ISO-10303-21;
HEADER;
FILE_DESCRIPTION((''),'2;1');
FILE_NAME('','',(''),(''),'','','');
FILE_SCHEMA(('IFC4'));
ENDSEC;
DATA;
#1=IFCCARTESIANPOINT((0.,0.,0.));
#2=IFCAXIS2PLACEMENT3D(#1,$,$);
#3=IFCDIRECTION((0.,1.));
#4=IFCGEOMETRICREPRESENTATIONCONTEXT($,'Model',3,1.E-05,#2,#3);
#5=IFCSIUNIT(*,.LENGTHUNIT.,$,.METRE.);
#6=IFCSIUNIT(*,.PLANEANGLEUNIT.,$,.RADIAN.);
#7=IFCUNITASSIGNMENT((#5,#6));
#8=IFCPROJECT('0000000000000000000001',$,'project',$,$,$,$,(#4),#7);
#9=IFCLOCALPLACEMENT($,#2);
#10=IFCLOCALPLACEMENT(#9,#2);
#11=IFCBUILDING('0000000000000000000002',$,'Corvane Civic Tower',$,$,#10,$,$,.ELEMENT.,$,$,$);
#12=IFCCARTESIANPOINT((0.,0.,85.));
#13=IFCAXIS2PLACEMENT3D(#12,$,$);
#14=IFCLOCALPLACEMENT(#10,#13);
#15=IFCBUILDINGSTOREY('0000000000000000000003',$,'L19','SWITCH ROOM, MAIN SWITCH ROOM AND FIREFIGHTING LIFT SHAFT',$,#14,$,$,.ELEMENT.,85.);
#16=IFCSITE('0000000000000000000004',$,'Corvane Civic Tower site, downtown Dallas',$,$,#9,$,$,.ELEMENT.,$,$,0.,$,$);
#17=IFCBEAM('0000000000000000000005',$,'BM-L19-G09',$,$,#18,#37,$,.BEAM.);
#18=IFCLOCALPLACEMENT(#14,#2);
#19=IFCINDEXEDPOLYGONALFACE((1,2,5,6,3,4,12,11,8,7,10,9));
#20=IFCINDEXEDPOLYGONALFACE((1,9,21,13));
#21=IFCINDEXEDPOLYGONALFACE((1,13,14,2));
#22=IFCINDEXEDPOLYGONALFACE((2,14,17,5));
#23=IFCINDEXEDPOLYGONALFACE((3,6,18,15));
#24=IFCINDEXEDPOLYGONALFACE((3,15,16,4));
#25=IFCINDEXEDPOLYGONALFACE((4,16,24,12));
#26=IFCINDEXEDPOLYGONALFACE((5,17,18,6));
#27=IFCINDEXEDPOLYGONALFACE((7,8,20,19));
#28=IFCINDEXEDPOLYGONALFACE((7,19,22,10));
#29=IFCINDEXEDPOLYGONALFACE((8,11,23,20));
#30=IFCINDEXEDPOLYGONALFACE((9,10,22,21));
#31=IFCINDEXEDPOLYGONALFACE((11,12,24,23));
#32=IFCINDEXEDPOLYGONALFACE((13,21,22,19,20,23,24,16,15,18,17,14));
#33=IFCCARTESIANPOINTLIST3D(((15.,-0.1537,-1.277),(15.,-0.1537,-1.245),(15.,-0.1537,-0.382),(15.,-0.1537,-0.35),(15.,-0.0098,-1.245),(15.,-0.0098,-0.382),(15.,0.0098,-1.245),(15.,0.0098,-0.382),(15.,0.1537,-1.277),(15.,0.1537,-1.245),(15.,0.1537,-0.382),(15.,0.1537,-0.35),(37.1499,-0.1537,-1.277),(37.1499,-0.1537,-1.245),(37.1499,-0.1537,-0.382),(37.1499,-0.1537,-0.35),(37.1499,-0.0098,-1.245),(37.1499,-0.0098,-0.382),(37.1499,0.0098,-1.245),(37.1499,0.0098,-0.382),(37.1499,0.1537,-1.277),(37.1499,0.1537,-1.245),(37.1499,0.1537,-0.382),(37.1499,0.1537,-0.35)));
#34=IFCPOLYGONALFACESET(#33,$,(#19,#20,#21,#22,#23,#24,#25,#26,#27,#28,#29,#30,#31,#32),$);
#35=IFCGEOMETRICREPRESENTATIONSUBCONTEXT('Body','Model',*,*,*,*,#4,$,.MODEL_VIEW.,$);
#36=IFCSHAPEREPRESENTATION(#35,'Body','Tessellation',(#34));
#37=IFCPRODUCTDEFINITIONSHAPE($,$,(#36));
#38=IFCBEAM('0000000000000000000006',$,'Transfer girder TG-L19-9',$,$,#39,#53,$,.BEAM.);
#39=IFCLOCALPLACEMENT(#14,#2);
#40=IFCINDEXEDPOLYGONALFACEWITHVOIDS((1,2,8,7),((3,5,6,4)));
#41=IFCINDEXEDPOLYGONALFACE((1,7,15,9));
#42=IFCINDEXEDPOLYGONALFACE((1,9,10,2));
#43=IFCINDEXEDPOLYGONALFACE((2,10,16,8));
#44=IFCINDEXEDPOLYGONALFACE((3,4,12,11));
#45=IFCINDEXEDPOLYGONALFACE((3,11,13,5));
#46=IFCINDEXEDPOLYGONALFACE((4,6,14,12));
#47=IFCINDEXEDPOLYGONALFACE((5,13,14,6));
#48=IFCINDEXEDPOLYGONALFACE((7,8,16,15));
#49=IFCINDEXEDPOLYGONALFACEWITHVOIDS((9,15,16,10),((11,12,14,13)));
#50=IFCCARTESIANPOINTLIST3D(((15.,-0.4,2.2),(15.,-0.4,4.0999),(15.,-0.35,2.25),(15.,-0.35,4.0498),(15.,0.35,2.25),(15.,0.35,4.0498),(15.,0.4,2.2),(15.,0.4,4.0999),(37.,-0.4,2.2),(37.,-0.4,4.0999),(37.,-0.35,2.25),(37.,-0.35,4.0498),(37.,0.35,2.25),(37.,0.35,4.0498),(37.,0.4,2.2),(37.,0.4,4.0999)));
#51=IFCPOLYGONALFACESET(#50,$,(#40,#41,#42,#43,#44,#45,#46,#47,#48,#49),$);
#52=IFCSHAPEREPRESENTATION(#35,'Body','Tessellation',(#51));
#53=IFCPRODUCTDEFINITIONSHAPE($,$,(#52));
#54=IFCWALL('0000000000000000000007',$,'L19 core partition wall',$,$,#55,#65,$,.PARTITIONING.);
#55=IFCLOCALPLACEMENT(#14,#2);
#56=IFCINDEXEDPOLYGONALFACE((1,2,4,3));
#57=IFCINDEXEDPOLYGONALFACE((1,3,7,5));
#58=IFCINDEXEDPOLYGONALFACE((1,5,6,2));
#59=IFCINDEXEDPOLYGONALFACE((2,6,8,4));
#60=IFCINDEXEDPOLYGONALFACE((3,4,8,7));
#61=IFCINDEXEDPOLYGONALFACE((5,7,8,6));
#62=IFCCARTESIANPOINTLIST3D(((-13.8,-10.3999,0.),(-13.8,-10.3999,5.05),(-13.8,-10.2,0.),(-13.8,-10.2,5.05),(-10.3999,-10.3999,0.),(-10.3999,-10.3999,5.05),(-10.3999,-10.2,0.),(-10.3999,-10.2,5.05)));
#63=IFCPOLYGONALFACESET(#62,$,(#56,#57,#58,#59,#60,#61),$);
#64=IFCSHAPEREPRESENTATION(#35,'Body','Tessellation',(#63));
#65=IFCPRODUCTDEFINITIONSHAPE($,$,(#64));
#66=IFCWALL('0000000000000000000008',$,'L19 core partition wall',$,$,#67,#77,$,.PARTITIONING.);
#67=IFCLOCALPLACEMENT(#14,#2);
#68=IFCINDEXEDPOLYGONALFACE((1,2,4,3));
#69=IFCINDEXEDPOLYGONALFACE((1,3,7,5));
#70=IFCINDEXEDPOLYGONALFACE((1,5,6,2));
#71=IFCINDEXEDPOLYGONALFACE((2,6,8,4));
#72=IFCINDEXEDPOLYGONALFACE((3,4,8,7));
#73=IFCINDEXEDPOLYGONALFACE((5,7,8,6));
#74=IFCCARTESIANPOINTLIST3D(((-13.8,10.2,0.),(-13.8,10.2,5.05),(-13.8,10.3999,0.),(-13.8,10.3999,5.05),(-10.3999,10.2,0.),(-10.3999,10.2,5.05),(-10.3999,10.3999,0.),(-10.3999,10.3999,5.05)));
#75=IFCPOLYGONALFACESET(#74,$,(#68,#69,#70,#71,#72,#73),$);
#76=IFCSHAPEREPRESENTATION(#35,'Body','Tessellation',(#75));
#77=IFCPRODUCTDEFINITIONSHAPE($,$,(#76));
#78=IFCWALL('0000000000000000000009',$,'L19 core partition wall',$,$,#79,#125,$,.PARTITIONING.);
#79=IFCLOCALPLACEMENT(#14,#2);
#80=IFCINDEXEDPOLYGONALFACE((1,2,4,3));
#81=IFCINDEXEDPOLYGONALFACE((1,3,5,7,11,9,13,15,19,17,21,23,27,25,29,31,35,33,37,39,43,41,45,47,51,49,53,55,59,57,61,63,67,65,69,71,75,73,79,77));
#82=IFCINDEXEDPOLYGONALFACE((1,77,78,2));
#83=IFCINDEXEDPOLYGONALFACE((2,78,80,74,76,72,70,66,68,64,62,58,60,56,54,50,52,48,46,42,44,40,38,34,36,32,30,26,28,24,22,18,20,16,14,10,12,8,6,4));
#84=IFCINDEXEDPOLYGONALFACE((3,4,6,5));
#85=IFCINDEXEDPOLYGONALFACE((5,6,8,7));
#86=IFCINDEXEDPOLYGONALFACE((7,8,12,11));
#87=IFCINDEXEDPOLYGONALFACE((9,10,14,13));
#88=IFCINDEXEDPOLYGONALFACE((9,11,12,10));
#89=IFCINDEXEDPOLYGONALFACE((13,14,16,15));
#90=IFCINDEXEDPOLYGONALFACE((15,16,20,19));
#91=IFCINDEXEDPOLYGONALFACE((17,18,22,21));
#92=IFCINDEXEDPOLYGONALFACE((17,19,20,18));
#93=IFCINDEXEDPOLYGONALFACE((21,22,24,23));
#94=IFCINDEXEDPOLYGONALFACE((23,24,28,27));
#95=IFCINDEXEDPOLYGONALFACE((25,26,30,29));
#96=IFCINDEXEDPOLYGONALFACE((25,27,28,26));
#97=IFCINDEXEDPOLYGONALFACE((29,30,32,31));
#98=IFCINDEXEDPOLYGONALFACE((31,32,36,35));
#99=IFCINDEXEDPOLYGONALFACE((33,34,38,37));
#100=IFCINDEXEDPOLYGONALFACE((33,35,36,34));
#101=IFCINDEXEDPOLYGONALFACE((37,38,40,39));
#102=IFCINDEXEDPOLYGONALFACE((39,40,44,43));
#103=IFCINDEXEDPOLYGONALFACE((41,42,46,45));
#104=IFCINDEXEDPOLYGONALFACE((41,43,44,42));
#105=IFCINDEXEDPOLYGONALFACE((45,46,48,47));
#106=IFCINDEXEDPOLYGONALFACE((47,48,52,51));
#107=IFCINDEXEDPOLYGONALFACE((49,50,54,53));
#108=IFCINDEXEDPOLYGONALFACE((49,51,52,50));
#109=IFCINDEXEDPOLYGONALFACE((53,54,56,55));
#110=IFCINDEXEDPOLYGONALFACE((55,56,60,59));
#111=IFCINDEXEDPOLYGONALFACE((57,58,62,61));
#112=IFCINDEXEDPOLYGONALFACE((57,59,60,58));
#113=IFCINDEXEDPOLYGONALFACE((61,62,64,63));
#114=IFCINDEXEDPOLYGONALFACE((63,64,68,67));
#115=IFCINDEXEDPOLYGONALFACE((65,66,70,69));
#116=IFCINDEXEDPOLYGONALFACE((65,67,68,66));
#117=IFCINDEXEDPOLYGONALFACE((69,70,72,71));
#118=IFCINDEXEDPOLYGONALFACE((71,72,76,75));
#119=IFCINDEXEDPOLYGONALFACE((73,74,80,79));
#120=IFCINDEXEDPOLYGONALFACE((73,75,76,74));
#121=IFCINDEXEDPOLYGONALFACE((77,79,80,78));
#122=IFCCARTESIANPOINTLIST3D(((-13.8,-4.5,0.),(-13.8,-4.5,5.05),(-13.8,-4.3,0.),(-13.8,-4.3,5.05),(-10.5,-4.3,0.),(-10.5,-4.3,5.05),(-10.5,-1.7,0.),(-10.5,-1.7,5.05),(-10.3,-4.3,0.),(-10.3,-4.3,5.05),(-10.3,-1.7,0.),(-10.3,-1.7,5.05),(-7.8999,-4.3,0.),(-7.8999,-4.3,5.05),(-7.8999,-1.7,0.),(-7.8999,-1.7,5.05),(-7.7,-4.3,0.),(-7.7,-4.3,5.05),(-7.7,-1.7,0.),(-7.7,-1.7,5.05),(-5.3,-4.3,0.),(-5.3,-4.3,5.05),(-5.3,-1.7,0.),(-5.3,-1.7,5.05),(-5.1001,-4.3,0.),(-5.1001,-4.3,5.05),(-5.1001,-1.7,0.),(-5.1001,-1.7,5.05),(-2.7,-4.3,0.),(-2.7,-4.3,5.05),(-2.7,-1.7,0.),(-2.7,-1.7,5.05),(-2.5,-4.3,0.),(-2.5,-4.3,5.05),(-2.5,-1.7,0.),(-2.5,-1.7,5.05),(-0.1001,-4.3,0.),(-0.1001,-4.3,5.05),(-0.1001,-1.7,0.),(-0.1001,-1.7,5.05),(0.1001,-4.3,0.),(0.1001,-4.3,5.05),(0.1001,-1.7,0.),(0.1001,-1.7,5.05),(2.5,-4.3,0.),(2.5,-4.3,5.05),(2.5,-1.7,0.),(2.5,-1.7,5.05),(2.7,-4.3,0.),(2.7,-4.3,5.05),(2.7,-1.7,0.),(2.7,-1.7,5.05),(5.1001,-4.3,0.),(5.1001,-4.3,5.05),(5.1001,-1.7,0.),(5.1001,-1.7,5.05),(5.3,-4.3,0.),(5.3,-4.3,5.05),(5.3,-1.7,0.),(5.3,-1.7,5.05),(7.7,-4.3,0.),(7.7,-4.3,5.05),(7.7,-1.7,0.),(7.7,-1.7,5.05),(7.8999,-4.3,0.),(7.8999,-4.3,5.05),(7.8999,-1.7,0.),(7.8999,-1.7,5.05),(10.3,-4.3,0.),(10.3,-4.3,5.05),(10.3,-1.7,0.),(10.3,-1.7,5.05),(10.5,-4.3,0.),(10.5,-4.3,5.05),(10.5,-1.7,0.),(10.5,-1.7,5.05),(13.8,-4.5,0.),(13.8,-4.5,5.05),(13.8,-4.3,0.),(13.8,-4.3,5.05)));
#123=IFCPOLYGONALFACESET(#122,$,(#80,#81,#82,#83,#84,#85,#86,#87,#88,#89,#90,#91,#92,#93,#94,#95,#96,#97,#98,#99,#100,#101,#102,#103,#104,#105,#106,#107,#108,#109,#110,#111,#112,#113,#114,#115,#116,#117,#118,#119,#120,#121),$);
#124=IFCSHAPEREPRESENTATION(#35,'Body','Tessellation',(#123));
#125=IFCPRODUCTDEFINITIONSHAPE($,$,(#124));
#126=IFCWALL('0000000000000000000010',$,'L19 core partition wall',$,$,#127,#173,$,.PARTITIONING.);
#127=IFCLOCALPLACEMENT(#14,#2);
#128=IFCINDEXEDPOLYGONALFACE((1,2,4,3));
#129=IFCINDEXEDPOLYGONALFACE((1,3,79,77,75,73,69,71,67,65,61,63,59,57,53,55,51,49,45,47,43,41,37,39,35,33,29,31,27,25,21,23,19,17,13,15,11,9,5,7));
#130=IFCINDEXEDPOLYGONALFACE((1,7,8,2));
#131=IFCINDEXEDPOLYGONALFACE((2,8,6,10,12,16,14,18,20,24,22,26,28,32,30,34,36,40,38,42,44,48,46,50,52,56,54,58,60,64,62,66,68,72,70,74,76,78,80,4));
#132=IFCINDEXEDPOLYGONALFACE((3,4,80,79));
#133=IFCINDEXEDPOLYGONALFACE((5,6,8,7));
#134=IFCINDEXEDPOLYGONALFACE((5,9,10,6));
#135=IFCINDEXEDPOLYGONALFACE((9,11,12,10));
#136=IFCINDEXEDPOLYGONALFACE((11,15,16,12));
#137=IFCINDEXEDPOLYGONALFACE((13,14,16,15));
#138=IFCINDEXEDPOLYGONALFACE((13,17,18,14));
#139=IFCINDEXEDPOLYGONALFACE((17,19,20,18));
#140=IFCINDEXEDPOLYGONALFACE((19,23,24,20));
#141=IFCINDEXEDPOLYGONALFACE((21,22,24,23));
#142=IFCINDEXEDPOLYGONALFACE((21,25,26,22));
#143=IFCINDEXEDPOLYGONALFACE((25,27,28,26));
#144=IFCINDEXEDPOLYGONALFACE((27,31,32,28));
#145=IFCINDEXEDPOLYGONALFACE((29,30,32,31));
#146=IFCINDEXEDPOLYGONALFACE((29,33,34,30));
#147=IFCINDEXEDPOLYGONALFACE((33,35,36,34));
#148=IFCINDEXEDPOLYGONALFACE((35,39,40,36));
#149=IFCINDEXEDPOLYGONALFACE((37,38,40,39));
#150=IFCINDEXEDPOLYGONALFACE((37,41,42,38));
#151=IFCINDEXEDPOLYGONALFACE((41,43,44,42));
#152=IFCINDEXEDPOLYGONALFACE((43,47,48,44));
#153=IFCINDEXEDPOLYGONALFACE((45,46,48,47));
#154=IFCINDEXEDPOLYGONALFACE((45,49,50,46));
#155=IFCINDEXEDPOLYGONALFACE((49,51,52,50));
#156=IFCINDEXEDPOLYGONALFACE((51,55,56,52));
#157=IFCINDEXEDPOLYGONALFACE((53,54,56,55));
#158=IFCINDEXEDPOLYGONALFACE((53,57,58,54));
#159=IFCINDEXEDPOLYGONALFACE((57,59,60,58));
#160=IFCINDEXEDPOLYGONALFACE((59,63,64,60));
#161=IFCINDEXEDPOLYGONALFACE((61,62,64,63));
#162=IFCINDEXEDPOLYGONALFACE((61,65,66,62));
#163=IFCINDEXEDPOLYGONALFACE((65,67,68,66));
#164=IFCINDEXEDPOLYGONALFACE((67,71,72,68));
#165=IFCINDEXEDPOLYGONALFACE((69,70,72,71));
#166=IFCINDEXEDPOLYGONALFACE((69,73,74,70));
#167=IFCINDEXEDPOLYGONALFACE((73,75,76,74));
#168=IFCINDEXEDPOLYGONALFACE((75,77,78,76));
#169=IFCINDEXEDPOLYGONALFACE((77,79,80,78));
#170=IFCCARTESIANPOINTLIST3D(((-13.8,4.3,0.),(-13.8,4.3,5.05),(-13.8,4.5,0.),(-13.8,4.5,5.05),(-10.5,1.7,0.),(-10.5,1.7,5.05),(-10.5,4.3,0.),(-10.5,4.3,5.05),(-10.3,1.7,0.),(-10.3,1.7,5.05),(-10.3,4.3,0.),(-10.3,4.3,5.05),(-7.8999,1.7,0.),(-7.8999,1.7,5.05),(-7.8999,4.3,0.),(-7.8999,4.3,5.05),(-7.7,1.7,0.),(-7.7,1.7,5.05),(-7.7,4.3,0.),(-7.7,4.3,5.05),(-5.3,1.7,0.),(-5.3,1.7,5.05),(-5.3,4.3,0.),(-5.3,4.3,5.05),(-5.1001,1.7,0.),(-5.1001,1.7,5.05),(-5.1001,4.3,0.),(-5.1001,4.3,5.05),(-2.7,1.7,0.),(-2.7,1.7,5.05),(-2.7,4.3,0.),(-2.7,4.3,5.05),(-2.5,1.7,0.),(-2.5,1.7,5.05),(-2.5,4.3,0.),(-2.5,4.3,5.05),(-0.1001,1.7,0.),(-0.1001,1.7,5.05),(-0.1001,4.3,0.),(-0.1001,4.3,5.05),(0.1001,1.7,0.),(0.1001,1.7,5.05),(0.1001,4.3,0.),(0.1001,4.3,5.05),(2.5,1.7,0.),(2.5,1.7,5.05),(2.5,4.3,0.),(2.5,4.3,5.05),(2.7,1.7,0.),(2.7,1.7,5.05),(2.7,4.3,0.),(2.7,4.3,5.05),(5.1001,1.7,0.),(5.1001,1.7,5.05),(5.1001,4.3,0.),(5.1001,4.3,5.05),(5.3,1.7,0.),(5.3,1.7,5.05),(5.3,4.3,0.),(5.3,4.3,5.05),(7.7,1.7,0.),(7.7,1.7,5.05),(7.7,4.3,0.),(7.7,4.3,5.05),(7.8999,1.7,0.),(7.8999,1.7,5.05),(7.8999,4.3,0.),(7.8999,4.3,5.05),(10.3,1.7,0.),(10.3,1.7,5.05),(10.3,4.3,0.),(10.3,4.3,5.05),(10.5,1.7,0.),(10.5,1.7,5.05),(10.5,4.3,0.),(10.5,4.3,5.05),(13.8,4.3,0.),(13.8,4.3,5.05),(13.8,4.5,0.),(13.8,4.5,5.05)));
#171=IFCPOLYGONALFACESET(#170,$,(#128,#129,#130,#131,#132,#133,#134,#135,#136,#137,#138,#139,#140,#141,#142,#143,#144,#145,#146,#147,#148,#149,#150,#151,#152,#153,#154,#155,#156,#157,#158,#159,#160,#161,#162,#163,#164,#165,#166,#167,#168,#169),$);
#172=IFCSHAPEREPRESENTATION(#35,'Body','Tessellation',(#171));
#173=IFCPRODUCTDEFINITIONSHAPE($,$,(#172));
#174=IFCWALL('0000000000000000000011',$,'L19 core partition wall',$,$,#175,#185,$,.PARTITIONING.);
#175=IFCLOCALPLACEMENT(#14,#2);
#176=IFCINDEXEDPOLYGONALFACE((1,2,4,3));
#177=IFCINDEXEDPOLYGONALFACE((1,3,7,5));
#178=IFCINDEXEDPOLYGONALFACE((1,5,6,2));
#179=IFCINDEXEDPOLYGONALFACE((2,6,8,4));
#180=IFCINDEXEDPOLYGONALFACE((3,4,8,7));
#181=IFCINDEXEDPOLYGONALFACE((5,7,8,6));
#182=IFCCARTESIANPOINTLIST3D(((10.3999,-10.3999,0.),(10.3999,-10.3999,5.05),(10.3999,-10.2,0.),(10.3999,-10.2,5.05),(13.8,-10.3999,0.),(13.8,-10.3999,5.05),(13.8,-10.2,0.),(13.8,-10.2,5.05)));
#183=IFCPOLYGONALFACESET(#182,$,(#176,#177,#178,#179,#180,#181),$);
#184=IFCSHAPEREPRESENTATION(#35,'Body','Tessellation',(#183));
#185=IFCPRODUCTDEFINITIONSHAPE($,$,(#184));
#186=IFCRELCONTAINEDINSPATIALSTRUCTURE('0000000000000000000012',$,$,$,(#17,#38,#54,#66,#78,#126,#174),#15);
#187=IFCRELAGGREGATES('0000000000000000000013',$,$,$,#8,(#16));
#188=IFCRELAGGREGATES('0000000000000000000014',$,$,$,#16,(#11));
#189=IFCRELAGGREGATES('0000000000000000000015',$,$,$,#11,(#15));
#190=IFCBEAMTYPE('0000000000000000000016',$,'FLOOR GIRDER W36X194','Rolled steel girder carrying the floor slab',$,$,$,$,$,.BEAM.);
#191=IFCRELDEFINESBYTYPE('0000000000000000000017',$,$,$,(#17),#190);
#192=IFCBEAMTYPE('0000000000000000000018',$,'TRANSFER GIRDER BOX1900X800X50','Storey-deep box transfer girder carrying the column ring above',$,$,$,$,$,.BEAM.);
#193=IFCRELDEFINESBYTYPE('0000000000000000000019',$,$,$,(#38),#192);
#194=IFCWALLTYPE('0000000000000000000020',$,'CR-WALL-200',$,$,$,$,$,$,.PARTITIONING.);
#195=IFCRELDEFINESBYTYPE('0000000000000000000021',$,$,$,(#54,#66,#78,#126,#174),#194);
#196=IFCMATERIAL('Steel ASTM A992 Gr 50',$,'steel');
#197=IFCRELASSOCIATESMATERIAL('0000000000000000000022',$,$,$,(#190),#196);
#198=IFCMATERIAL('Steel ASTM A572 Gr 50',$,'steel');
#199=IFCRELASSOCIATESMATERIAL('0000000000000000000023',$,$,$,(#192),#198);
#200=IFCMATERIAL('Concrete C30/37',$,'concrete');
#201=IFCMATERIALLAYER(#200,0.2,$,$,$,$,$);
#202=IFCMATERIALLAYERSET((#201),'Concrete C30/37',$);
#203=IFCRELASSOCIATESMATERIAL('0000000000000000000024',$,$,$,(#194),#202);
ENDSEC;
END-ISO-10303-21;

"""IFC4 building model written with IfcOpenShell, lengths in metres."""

from ifc_helpers import new_model, si_unit, direction, frame, origin, origin_2d, place, context, subcontext, project, spatial, polyline, hollow_rectangle, i_section, outline, extrude, material, layer, layer_set, material_profile, profile_set, type_object, element, save


model = new_model("IFC4")

# Units and contexts
model_context = context("Model", 3, precision=1e-05, world=origin(), true_north=direction((0.0, 1.0)))
body_context = subcontext(model_context, "Body", "Model", "MODEL_VIEW")
ifc_project = project(units=[si_unit("LENGTHUNIT", "METRE"), si_unit("PLANEANGLEUNIT", "RADIAN")], contexts=[model_context])

# Site, building, storey
site_placement = place(None, origin())
site = spatial("IfcSite", under=ifc_project, at=site_placement, Name="Corvane Civic Tower site, downtown Dallas", CompositionType="ELEMENT", RefElevation=0.0)
building_placement = place(site_placement, origin())
building = spatial("IfcBuilding", under=site, at=building_placement, Name="Corvane Civic Tower", CompositionType="ELEMENT")
storey_placement = place(building_placement, frame((0.0, 0.0, 85.0)))
storey = spatial("IfcBuildingStorey", under=building, at=storey_placement, Name="L19", Description="SWITCH ROOM, MAIN SWITCH ROOM AND FIREFIGHTING LIFT SHAFT", CompositionType="ELEMENT", Elevation=85.0)

# Beams
ifc_material_1 = material(Name="Steel ASTM A992 Gr 50", Category="steel")
ifc_material_profile_1 = material_profile(ifc_material_1, i_section(OverallWidth=0.3074, OverallDepth=0.927, WebThickness=0.0195, FlangeThickness=0.032, at=origin_2d()), Name="W36X194")
ifc_profile_set_1 = profile_set([ifc_material_profile_1], Name="Steel ASTM A992 Gr 50")
beam_type_1 = type_object("IfcBeamType", Name="FLOOR GIRDER W36X194", Description="Rolled steel girder carrying the floor slab", PredefinedType="BEAM", material=ifc_profile_set_1)
beam_1_placement = place(storey_placement, frame((15.0, 0.0, -0.8135), z_axis=(1.0, 0.0, 0.0), x_axis=(0.0, 1.0, 0.0)))
element("IfcBeam", 1, at=beam_1_placement, inside=storey, type_object=beam_type_1, Name="BM-L19-G09", PredefinedType="BEAM", context=body_context, shape_type="SweptSolid", body=[
    extrude(i_section(OverallWidth=0.3074, OverallDepth=0.927, WebThickness=0.0195, FlangeThickness=0.032, at=origin_2d()), origin(), (0.0, 0.0, 1.0), 22.1499),
])
ifc_material_2 = material(Name="Steel ASTM A572 Gr 50", Category="steel")
ifc_material_profile_2 = material_profile(ifc_material_2, hollow_rectangle(XDim=0.8, YDim=1.8999, WallThickness=0.05, at=origin_2d()), Name="BOX1900X800X50")
ifc_profile_set_2 = profile_set([ifc_material_profile_2], Name="Steel ASTM A572 Gr 50")
beam_type_2 = type_object("IfcBeamType", Name="TRANSFER GIRDER BOX1900X800X50", Description="Storey-deep box transfer girder carrying the column ring above", PredefinedType="BEAM", material=ifc_profile_set_2)
beam_2_placement = place(storey_placement, frame((15.0, 0.0, 3.1499), z_axis=(1.0, 0.0, 0.0), x_axis=(0.0, 1.0, 0.0)))
element("IfcBeam", 2, at=beam_2_placement, inside=storey, type_object=beam_type_2, Name="Transfer girder TG-L19-9", PredefinedType="BEAM", context=body_context, shape_type="SweptSolid", body=[
    extrude(hollow_rectangle(XDim=0.8, YDim=1.8999, WallThickness=0.05, at=origin_2d()), origin(), (0.0, 0.0, 1.0), 22.0),
])

# Walls
ifc_material_3 = material(Name="Concrete C30/37", Category="concrete")
ifc_layer_1 = layer(ifc_material_3, 0.2)
ifc_layer_set_1 = layer_set([ifc_layer_1], Name="Concrete C30/37")
wall_type_1 = type_object("IfcWallType", Name="CR-WALL-200", PredefinedType="PARTITIONING", material=ifc_layer_set_1)
wall_1_placement = place(storey_placement, origin())
element("IfcWall", 3, at=wall_1_placement, inside=storey, type_object=wall_type_1, Name="L19 core partition wall", PredefinedType="PARTITIONING", context=body_context, shape_type="SweptSolid", body=[
    extrude(outline(polyline([(-10.3999, -10.3999), (-13.8, -10.3999), (-13.8, -10.2), (-10.3999, -10.2), (-10.3999, -10.3999)])), origin(), (0.0, 0.0, 1.0), 5.05),
])
wall_2_placement = place(storey_placement, origin())
element("IfcWall", 4, at=wall_2_placement, inside=storey, type_object=wall_type_1, Name="L19 core partition wall", PredefinedType="PARTITIONING", context=body_context, shape_type="SweptSolid", body=[
    extrude(outline(polyline([(-13.8, 10.2), (-13.8, 10.3999), (-10.3999, 10.3999), (-10.3999, 10.2), (-13.8, 10.2)])), origin(), (0.0, 0.0, 1.0), 5.05),
])
wall_3_placement = place(storey_placement, origin())
element("IfcWall", 5, at=wall_3_placement, inside=storey, type_object=wall_type_1, Name="L19 core partition wall", PredefinedType="PARTITIONING", context=body_context, shape_type="SweptSolid", body=[
    extrude(outline(polyline([(-10.5, -1.7), (-10.3, -1.7), (-10.3, -4.3), (-7.8999, -4.3), (-7.8999, -1.7), (-7.7, -1.7), (-7.7, -4.3), (-5.3, -4.3), (-5.3, -1.7), (-5.1001, -1.7), (-5.1001, -4.3), (-2.7, -4.3), (-2.7, -1.7), (-2.5, -1.7), (-2.5, -4.3), (-0.1001, -4.3), (-0.1001, -1.7), (0.1001, -1.7), (0.1001, -4.3), (2.5, -4.3), (2.5, -1.7), (2.7, -1.7), (2.7, -4.3), (5.1001, -4.3), (5.1001, -1.7), (5.3, -1.7), (5.3, -4.3), (7.7, -4.3), (7.7, -1.7), (7.8999, -1.7), (7.8999, -4.3), (10.3, -4.3), (10.3, -1.7), (10.5, -1.7), (10.5, -4.3), (13.8, -4.3), (13.8, -4.5), (-13.8, -4.5), (-13.8, -4.3), (-10.5, -4.3), (-10.5, -1.7)])), origin(), (0.0, 0.0, 1.0), 5.05),
])
wall_4_placement = place(storey_placement, origin())
element("IfcWall", 6, at=wall_4_placement, inside=storey, type_object=wall_type_1, Name="L19 core partition wall", PredefinedType="PARTITIONING", context=body_context, shape_type="SweptSolid", body=[
    extrude(outline(polyline([(-7.7, 4.3), (-7.7, 1.7), (-7.8999, 1.7), (-7.8999, 4.3), (-10.3, 4.3), (-10.3, 1.7), (-10.5, 1.7), (-10.5, 4.3), (-13.8, 4.3), (-13.8, 4.5), (13.8, 4.5), (13.8, 4.3), (10.5, 4.3), (10.5, 1.7), (10.3, 1.7), (10.3, 4.3), (7.8999, 4.3), (7.8999, 1.7), (7.7, 1.7), (7.7, 4.3), (5.3, 4.3), (5.3, 1.7), (5.1001, 1.7), (5.1001, 4.3), (2.7, 4.3), (2.7, 1.7), (2.5, 1.7), (2.5, 4.3), (0.1001, 4.3), (0.1001, 1.7), (-0.1001, 1.7), (-0.1001, 4.3), (-2.5, 4.3), (-2.5, 1.7), (-2.7, 1.7), (-2.7, 4.3), (-5.1001, 4.3), (-5.1001, 1.7), (-5.3, 1.7), (-5.3, 4.3), (-7.7, 4.3)])), origin(), (0.0, 0.0, 1.0), 5.05),
])
wall_5_placement = place(storey_placement, origin())
element("IfcWall", 7, at=wall_5_placement, inside=storey, type_object=wall_type_1, Name="L19 core partition wall", PredefinedType="PARTITIONING", context=body_context, shape_type="SweptSolid", body=[
    extrude(outline(polyline([(13.8, -10.3999), (10.3999, -10.3999), (10.3999, -10.2), (13.8, -10.2), (13.8, -10.3999)])), origin(), (0.0, 0.0, 1.0), 5.05),
])

save(model, "model.ifc")
